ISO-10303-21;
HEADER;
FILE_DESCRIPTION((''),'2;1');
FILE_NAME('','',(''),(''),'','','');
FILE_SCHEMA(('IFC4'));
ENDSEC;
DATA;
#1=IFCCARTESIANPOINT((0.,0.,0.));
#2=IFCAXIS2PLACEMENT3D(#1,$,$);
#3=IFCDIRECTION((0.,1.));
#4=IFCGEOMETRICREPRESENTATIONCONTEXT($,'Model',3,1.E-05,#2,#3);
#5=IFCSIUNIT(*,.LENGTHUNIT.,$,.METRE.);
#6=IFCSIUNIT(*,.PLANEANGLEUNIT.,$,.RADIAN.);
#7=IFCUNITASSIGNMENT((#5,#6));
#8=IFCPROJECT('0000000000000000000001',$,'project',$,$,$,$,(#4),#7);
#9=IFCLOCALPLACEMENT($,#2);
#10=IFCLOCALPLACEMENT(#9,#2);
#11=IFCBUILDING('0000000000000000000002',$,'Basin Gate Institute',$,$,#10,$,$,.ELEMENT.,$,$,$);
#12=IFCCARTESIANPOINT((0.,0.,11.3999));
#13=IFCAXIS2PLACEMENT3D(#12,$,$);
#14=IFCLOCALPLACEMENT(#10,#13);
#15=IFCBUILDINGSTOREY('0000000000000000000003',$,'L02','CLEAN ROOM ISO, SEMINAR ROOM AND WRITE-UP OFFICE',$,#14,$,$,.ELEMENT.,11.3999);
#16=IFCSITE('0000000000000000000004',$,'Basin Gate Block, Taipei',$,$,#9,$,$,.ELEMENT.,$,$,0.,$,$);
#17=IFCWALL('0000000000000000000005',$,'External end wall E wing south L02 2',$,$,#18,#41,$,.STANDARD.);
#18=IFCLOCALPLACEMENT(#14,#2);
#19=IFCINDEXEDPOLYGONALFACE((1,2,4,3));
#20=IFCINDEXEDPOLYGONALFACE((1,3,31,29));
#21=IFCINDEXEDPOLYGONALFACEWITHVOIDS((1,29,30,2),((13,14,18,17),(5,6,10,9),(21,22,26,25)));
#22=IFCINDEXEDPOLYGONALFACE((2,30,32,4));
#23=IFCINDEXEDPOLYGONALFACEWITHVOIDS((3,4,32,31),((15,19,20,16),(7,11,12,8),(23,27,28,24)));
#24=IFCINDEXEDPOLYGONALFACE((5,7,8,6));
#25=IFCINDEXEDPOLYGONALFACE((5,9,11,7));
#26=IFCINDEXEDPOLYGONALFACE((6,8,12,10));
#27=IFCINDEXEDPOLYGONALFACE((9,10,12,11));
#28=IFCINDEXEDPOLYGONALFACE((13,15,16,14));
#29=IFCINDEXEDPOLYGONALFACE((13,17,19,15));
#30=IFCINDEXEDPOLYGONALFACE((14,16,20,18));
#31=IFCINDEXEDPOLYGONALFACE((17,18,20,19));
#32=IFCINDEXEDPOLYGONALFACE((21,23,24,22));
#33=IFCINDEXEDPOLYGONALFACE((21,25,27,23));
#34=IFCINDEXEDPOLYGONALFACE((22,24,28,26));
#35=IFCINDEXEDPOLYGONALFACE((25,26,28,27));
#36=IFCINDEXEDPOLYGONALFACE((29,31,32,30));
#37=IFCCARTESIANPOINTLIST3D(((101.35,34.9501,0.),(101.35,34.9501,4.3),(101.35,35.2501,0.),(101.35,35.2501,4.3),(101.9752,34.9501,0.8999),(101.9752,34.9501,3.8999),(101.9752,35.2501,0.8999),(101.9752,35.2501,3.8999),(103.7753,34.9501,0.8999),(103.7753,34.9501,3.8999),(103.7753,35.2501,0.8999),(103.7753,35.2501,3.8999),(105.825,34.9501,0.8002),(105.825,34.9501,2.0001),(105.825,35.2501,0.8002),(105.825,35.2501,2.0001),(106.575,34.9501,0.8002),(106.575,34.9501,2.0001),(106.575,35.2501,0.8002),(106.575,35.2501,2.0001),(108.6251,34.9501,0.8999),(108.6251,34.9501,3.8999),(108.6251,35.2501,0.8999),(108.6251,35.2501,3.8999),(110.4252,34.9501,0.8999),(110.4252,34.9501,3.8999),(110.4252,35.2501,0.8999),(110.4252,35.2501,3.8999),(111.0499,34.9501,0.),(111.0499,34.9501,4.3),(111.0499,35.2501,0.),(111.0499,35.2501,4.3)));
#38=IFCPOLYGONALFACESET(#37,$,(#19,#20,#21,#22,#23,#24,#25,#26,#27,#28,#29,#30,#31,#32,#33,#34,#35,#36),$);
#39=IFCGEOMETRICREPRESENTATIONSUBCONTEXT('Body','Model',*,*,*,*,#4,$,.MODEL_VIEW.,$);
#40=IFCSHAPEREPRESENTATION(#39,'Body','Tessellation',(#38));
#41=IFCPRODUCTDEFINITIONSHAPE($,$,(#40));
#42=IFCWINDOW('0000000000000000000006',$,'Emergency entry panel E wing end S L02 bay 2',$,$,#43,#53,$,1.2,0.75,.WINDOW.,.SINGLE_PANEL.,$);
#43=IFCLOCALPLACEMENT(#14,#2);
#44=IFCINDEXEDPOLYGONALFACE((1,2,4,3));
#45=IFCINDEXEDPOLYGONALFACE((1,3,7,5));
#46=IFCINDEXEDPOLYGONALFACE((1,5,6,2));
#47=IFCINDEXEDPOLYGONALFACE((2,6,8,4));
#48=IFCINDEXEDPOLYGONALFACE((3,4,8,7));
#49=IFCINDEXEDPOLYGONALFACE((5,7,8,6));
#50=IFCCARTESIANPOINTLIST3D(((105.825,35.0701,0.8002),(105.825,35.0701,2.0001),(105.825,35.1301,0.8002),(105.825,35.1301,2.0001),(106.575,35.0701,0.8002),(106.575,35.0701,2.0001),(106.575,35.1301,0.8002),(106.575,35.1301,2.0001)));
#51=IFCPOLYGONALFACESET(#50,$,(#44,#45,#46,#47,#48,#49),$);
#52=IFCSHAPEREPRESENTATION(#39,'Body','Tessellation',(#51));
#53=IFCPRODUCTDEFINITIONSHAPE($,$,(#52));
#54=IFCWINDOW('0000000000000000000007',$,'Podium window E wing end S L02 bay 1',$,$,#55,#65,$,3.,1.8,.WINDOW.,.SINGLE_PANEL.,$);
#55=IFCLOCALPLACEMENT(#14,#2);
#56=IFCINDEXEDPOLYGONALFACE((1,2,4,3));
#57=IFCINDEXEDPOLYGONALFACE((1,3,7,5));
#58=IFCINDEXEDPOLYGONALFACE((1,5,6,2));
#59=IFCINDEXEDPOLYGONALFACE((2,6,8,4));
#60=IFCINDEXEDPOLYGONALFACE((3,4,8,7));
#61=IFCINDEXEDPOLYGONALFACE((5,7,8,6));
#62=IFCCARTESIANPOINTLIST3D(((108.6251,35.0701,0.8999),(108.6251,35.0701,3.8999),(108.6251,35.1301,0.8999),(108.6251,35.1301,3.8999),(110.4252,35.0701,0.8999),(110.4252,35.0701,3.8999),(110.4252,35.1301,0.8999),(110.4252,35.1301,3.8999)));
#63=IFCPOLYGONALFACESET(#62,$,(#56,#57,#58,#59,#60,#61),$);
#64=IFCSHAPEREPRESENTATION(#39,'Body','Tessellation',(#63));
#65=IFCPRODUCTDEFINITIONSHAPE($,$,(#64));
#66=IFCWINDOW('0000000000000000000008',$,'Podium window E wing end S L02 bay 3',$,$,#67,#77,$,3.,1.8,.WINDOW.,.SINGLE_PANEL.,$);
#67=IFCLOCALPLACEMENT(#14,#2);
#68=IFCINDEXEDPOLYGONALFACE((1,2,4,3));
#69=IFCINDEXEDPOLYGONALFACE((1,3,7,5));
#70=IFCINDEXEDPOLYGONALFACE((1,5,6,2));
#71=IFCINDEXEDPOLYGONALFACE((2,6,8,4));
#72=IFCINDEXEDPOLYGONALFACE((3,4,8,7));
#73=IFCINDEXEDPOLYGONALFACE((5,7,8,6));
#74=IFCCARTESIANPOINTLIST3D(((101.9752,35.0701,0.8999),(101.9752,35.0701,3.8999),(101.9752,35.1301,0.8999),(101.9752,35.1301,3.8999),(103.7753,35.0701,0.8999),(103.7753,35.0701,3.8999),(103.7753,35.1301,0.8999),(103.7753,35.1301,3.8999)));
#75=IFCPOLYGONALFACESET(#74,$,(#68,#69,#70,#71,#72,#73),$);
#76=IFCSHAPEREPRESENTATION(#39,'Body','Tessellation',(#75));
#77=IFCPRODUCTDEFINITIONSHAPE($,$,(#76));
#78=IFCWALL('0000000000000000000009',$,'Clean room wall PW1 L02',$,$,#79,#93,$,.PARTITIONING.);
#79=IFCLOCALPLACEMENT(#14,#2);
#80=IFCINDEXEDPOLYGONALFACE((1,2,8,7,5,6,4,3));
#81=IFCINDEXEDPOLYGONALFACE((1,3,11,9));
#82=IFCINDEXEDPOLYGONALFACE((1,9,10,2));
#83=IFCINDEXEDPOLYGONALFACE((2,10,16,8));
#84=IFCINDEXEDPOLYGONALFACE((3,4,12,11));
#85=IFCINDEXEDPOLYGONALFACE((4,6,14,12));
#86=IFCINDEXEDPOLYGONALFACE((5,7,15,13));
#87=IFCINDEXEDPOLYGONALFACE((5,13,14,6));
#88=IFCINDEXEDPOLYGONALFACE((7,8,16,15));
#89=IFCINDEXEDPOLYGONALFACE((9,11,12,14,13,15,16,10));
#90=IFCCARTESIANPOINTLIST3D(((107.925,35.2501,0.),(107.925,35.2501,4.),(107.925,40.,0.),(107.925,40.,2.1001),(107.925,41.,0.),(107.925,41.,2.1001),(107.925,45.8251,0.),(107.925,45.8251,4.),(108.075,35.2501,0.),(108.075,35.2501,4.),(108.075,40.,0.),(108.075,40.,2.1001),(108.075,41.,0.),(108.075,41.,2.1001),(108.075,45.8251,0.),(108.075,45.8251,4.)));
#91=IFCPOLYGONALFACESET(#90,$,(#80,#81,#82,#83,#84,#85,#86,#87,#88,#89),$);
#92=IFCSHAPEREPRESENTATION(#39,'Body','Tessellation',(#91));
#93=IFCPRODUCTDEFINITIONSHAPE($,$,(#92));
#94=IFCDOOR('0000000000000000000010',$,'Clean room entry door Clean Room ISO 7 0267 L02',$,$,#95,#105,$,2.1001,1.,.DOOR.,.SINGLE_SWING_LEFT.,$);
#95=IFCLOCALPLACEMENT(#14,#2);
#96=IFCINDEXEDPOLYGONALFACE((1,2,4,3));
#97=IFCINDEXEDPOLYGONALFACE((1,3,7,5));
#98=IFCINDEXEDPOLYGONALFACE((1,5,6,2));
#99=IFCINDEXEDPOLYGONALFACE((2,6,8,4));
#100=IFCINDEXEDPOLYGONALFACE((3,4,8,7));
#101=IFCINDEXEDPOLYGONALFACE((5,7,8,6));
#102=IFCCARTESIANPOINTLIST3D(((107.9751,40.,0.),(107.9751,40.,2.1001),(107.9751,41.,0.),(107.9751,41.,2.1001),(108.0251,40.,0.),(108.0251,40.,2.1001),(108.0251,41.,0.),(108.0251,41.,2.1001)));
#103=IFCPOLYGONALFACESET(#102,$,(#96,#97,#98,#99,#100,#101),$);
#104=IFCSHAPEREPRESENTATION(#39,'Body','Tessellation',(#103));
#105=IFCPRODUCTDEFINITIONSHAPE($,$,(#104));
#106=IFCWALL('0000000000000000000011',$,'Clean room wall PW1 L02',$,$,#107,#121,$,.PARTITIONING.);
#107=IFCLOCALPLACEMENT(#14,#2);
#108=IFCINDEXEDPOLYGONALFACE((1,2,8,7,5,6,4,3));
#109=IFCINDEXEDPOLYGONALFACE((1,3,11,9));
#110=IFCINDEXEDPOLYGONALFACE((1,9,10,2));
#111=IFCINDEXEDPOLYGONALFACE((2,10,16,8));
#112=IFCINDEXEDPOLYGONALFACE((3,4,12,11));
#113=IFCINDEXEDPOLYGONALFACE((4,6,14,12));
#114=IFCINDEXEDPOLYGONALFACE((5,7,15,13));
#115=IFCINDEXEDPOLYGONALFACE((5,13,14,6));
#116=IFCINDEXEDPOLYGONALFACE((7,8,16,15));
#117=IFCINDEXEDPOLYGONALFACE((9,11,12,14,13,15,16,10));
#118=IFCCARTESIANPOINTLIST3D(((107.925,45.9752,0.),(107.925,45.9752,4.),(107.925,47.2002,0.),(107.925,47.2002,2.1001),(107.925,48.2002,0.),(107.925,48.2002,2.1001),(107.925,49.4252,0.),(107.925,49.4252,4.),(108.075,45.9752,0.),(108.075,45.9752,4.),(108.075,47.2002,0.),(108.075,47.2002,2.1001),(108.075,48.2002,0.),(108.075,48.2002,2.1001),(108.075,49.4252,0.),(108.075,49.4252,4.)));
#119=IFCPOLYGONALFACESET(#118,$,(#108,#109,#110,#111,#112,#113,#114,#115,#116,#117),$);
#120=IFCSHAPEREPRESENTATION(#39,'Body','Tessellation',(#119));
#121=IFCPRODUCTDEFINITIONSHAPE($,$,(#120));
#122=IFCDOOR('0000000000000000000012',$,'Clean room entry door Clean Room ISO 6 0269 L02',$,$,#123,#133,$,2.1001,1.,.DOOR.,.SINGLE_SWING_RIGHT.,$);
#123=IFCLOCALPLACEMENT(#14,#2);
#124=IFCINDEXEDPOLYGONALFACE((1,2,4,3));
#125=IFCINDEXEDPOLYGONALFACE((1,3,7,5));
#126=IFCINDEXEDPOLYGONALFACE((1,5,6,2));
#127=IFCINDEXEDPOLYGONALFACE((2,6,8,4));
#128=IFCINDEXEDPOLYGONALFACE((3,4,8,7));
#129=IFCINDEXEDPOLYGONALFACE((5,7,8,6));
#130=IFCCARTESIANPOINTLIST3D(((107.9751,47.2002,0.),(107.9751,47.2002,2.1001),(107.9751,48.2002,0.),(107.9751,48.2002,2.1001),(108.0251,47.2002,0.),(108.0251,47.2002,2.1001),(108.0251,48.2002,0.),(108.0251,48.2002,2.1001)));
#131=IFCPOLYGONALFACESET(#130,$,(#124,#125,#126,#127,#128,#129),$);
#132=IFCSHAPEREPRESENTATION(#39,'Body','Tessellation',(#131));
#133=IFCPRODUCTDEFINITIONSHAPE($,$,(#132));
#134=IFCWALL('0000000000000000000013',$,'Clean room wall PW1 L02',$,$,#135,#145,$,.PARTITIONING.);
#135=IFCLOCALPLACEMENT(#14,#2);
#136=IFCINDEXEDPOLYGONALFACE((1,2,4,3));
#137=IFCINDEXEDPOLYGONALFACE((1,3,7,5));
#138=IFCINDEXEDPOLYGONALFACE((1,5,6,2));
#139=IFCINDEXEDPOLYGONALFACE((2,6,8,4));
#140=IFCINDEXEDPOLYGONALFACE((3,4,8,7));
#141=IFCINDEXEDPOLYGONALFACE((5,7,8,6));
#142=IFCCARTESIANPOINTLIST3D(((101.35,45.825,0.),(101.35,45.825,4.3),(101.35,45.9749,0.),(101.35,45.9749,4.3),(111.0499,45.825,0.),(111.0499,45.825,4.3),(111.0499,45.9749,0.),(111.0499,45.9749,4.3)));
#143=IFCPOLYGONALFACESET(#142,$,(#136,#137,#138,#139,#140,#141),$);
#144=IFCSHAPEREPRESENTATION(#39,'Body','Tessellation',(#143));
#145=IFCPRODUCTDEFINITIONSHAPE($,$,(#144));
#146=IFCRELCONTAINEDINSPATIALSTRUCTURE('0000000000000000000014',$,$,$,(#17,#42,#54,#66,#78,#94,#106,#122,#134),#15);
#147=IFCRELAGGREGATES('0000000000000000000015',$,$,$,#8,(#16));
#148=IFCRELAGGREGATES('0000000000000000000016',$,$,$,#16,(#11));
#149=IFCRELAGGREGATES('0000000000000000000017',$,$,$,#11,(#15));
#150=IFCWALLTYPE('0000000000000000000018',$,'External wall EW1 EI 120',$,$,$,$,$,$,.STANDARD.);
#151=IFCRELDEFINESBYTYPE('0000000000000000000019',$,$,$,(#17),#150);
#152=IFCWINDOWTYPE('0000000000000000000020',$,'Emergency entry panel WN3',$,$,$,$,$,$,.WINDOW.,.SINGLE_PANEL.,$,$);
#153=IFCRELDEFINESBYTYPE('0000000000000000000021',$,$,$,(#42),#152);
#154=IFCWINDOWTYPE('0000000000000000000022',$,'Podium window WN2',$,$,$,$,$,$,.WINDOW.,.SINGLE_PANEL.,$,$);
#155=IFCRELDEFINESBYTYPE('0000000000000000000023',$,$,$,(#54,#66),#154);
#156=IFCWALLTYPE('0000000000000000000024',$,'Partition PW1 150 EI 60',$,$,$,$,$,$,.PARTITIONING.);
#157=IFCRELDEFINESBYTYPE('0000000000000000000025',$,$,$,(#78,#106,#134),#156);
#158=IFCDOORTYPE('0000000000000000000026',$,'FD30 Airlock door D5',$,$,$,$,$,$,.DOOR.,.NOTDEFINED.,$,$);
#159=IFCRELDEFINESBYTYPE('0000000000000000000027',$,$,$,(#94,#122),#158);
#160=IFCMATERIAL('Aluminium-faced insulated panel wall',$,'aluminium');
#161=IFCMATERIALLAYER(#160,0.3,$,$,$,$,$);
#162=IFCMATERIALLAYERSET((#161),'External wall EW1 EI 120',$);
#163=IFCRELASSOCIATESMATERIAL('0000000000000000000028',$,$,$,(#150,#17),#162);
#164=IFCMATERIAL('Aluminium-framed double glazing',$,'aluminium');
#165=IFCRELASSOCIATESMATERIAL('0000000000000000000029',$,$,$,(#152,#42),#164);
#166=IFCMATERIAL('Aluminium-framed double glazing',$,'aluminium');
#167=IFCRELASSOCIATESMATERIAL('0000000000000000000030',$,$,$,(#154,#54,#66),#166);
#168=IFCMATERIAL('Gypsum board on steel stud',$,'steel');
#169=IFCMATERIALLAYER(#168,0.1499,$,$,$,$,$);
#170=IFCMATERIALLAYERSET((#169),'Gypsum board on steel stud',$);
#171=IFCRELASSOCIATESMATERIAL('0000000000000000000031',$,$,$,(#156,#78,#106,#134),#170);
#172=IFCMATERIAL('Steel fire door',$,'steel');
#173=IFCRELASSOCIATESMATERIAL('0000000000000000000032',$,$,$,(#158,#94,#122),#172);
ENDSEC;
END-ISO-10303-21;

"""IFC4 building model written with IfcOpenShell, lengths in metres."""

from ifc_helpers import new_model, si_unit, direction, frame, frame_2d, origin, place, context, subcontext, project, spatial, rectangle, extrude, material, layer, layer_set, type_object, element, fill, save


model = new_model("IFC4")

# Units and contexts
model_context = context("Model", 3, precision=1e-05, world=origin(), true_north=direction((0.0, 1.0)))
body_context = subcontext(model_context, "Body", "Model", "MODEL_VIEW")
ifc_project = project(units=[si_unit("LENGTHUNIT", "METRE"), si_unit("PLANEANGLEUNIT", "RADIAN")], contexts=[model_context])

# Site, building, storey
site_placement = place(None, origin())
site = spatial("IfcSite", under=ifc_project, at=site_placement, Name="Basin Gate Block, Taipei", CompositionType="ELEMENT", RefElevation=0.0)
building_placement = place(site_placement, origin())
building = spatial("IfcBuilding", under=site, at=building_placement, Name="Basin Gate Institute", CompositionType="ELEMENT")
storey_placement = place(building_placement, frame((0.0, 0.0, 11.3999)))
storey = spatial("IfcBuildingStorey", under=building, at=storey_placement, Name="L02", Description="CLEAN ROOM ISO, SEMINAR ROOM AND WRITE-UP OFFICE", CompositionType="ELEMENT", Elevation=11.3999)

# Wall, openings, windows
ifc_material_1 = material(Name="Aluminium-faced insulated panel wall", Category="aluminium")
ifc_layer_1 = layer(ifc_material_1, 0.3)
ifc_layer_set_1 = layer_set([ifc_layer_1], Name="External wall EW1 EI 120")
wall_type_1 = type_object("IfcWallType", Name="External wall EW1 EI 120", PredefinedType="STANDARD", material=ifc_layer_set_1)
wall_1_placement = place(storey_placement, frame((111.05, 35.1001, 0.0), z_axis=(0.0, 0.0, 1.0), x_axis=(-1.0, 0.0, 0.0)))
wall_1 = element("IfcWall", 1, at=wall_1_placement, inside=storey, type_object=wall_type_1, material=ifc_layer_set_1, Name="External end wall E wing south L02 2", PredefinedType="STANDARD", context=body_context, shape_type="SweptSolid", body=[
    extrude(rectangle(XDim=9.7, YDim=0.3, at=frame_2d((4.8501, 0.0))), origin(), (0.0, 0.0, 1.0), 4.3),
])
opening_1_placement = place(wall_1_placement, frame((0.625, 0.0, 0.8999)))
opening_1 = element("IfcOpeningElement", 2, at=opening_1_placement, cuts=wall_1, PredefinedType="OPENING", context=body_context, shape_type="SweptSolid", body=[
    extrude(rectangle(XDim=1.8, YDim=3.0, at=frame_2d((0.8999, 1.5))), frame((0.0, 0.1602, 0.0), z_axis=(0.0, -1.0, 0.0), x_axis=(1.0, 0.0, 0.0)), (0.0, 0.0, 1.0), 0.3201),
])
opening_2_placement = place(wall_1_placement, frame((4.4751, 0.0, 0.8)))
opening_2 = element("IfcOpeningElement", 3, at=opening_2_placement, cuts=wall_1, PredefinedType="OPENING", context=body_context, shape_type="SweptSolid", body=[
    extrude(rectangle(XDim=0.75, YDim=1.2, at=frame_2d((0.375, 0.6001))), frame((0.0, 0.1602, 0.0), z_axis=(0.0, -1.0, 0.0), x_axis=(1.0, 0.0, 0.0)), (0.0, 0.0, 1.0), 0.3201),
])
opening_3_placement = place(wall_1_placement, frame((7.2749, 0.0, 0.8999)))
opening_3 = element("IfcOpeningElement", 4, at=opening_3_placement, cuts=wall_1, PredefinedType="OPENING", context=body_context, shape_type="SweptSolid", body=[
    extrude(rectangle(XDim=1.8, YDim=3.0, at=frame_2d((0.8999, 1.5))), frame((0.0, 0.1602, 0.0), z_axis=(0.0, -1.0, 0.0), x_axis=(1.0, 0.0, 0.0)), (0.0, 0.0, 1.0), 0.3201),
])
ifc_material_2 = material(Name="Aluminium-framed double glazing", Category="aluminium")
window_type_1 = type_object("IfcWindowType", Name="Emergency entry panel WN3", PartitioningType="SINGLE_PANEL", PredefinedType="WINDOW", material=ifc_material_2)
window_1_placement = place(opening_2_placement, origin())
window_1 = element("IfcWindow", 5, at=window_1_placement, inside=storey, type_object=window_type_1, material=ifc_material_2, Name="Emergency entry panel E wing end S L02 bay 2", OverallHeight=1.2, OverallWidth=0.75, PartitioningType="SINGLE_PANEL", PredefinedType="WINDOW", context=body_context, shape_type="SweptSolid", body=[
    extrude(rectangle(XDim=0.75, YDim=1.2, at=frame_2d((0.375, 0.6001))), frame((0.0, 0.03, 0.0), z_axis=(0.0, -1.0, 0.0), x_axis=(1.0, 0.0, 0.0)), (0.0, 0.0, 1.0), 0.0601),
])
fill(opening_2, window_1)
ifc_material_3 = material(Name="Aluminium-framed double glazing", Category="aluminium")
window_type_2 = type_object("IfcWindowType", Name="Podium window WN2", PartitioningType="SINGLE_PANEL", PredefinedType="WINDOW", material=ifc_material_3)
window_2_placement = place(opening_1_placement, origin())
window_2 = element("IfcWindow", 6, at=window_2_placement, inside=storey, type_object=window_type_2, material=ifc_material_3, Name="Podium window E wing end S L02 bay 1", OverallHeight=3.0, OverallWidth=1.8, PartitioningType="SINGLE_PANEL", PredefinedType="WINDOW", context=body_context, shape_type="SweptSolid", body=[
    extrude(rectangle(XDim=1.8, YDim=3.0, at=frame_2d((0.8999, 1.5))), frame((0.0, 0.03, 0.0), z_axis=(0.0, -1.0, 0.0), x_axis=(1.0, 0.0, 0.0)), (0.0, 0.0, 1.0), 0.0601),
])
fill(opening_1, window_2)
window_3_placement = place(opening_3_placement, origin())
window_3 = element("IfcWindow", 7, at=window_3_placement, inside=storey, type_object=window_type_2, material=ifc_material_3, Name="Podium window E wing end S L02 bay 3", OverallHeight=3.0, OverallWidth=1.8, PartitioningType="SINGLE_PANEL", PredefinedType="WINDOW", context=body_context, shape_type="SweptSolid", body=[
    extrude(rectangle(XDim=1.8, YDim=3.0, at=frame_2d((0.8999, 1.5))), frame((0.0, 0.03, 0.0), z_axis=(0.0, -1.0, 0.0), x_axis=(1.0, 0.0, 0.0)), (0.0, 0.0, 1.0), 0.0601),
])
fill(opening_3, window_3)

# Walls, openings, doors
ifc_material_4 = material(Name="Gypsum board on steel stud", Category="steel")
ifc_layer_2 = layer(ifc_material_4, 0.1499)
ifc_layer_set_2 = layer_set([ifc_layer_2], Name="Gypsum board on steel stud")
wall_type_2 = type_object("IfcWallType", Name="Partition PW1 150 EI 60", PredefinedType="PARTITIONING", material=ifc_layer_set_2)
wall_2_placement = place(storey_placement, frame((108.0, 35.25, 0.0), z_axis=(0.0, 0.0, 1.0), x_axis=(0.0, 1.0, 0.0)))
wall_2 = element("IfcWall", 8, at=wall_2_placement, inside=storey, type_object=wall_type_2, material=ifc_layer_set_2, Name="Clean room wall PW1 L02", PredefinedType="PARTITIONING", context=body_context, shape_type="SweptSolid", body=[
    extrude(rectangle(XDim=10.575, YDim=0.1499, at=frame_2d((5.2876, 0.0))), origin(), (0.0, 0.0, 1.0), 4.0),
])
opening_4_placement = place(wall_2_placement, frame((4.75, 0.0, 0.0)))
opening_4 = element("IfcOpeningElement", 9, at=opening_4_placement, cuts=wall_2, PredefinedType="OPENING", context=body_context, shape_type="SweptSolid", body=[
    extrude(rectangle(XDim=1.0, YDim=2.1001, at=frame_2d((0.5, 1.05))), frame((0.0, 0.085, 0.0), z_axis=(0.0, -1.0, 0.0), x_axis=(1.0, 0.0, 0.0)), (0.0, 0.0, 1.0), 0.1699),
])
ifc_material_5 = material(Name="Steel fire door", Category="steel")
door_type = type_object("IfcDoorType", Name="FD30 Airlock door D5", OperationType="NOTDEFINED", PredefinedType="DOOR", material=ifc_material_5)
door_1_placement = place(opening_4_placement, origin())
door_1 = element("IfcDoor", 10, at=door_1_placement, inside=storey, type_object=door_type, material=ifc_material_5, Name="Clean room entry door Clean Room ISO 7 0267 L02", OperationType="SINGLE_SWING_LEFT", OverallHeight=2.1001, OverallWidth=1.0, PredefinedType="DOOR", context=body_context, shape_type="SweptSolid", body=[
    extrude(rectangle(XDim=1.0, YDim=2.1001, at=frame_2d((0.5, 1.05))), frame((0.0, 0.0249, 0.0), z_axis=(0.0, -1.0, 0.0), x_axis=(1.0, 0.0, 0.0)), (0.0, 0.0, 1.0), 0.05),
])
fill(opening_4, door_1)
wall_3_placement = place(storey_placement, frame((108.0, 45.9751, 0.0), z_axis=(0.0, 0.0, 1.0), x_axis=(0.0, 1.0, 0.0)))
wall_3 = element("IfcWall", 11, at=wall_3_placement, inside=storey, type_object=wall_type_2, material=ifc_layer_set_2, Name="Clean room wall PW1 L02", PredefinedType="PARTITIONING", context=body_context, shape_type="SweptSolid", body=[
    extrude(rectangle(XDim=3.45, YDim=0.1499, at=frame_2d((1.7251, 0.0))), origin(), (0.0, 0.0, 1.0), 4.0),
])
opening_5_placement = place(wall_3_placement, frame((1.2251, 0.0, 0.0)))
opening_5 = element("IfcOpeningElement", 12, at=opening_5_placement, cuts=wall_3, PredefinedType="OPENING", context=body_context, shape_type="SweptSolid", body=[
    extrude(rectangle(XDim=1.0, YDim=2.1001, at=frame_2d((0.5, 1.05))), frame((0.0, 0.085, 0.0), z_axis=(0.0, -1.0, 0.0), x_axis=(1.0, 0.0, 0.0)), (0.0, 0.0, 1.0), 0.1699),
])
door_2_placement = place(opening_5_placement, origin())
door_2 = element("IfcDoor", 13, at=door_2_placement, inside=storey, type_object=door_type, material=ifc_material_5, Name="Clean room entry door Clean Room ISO 6 0269 L02", OperationType="SINGLE_SWING_RIGHT", OverallHeight=2.1001, OverallWidth=1.0, PredefinedType="DOOR", context=body_context, shape_type="SweptSolid", body=[
    extrude(rectangle(XDim=1.0, YDim=2.1001, at=frame_2d((0.5, 1.05))), frame((0.0, 0.0249, 0.0), z_axis=(0.0, -1.0, 0.0), x_axis=(1.0, 0.0, 0.0)), (0.0, 0.0, 1.0), 0.05),
])
fill(opening_5, door_2)

# Wall
wall_4_placement = place(storey_placement, frame((111.05, 45.8999, 0.0), z_axis=(0.0, 0.0, 1.0), x_axis=(-1.0, 0.0, 0.0)))
element("IfcWall", 14, at=wall_4_placement, inside=storey, type_object=wall_type_2, material=ifc_layer_set_2, Name="Clean room wall PW1 L02", PredefinedType="PARTITIONING", context=body_context, shape_type="SweptSolid", body=[
    extrude(rectangle(XDim=9.7, YDim=0.1499, at=frame_2d((4.8501, 0.0))), origin(), (0.0, 0.0, 1.0), 4.3),
])

save(model, "model.ifc")
